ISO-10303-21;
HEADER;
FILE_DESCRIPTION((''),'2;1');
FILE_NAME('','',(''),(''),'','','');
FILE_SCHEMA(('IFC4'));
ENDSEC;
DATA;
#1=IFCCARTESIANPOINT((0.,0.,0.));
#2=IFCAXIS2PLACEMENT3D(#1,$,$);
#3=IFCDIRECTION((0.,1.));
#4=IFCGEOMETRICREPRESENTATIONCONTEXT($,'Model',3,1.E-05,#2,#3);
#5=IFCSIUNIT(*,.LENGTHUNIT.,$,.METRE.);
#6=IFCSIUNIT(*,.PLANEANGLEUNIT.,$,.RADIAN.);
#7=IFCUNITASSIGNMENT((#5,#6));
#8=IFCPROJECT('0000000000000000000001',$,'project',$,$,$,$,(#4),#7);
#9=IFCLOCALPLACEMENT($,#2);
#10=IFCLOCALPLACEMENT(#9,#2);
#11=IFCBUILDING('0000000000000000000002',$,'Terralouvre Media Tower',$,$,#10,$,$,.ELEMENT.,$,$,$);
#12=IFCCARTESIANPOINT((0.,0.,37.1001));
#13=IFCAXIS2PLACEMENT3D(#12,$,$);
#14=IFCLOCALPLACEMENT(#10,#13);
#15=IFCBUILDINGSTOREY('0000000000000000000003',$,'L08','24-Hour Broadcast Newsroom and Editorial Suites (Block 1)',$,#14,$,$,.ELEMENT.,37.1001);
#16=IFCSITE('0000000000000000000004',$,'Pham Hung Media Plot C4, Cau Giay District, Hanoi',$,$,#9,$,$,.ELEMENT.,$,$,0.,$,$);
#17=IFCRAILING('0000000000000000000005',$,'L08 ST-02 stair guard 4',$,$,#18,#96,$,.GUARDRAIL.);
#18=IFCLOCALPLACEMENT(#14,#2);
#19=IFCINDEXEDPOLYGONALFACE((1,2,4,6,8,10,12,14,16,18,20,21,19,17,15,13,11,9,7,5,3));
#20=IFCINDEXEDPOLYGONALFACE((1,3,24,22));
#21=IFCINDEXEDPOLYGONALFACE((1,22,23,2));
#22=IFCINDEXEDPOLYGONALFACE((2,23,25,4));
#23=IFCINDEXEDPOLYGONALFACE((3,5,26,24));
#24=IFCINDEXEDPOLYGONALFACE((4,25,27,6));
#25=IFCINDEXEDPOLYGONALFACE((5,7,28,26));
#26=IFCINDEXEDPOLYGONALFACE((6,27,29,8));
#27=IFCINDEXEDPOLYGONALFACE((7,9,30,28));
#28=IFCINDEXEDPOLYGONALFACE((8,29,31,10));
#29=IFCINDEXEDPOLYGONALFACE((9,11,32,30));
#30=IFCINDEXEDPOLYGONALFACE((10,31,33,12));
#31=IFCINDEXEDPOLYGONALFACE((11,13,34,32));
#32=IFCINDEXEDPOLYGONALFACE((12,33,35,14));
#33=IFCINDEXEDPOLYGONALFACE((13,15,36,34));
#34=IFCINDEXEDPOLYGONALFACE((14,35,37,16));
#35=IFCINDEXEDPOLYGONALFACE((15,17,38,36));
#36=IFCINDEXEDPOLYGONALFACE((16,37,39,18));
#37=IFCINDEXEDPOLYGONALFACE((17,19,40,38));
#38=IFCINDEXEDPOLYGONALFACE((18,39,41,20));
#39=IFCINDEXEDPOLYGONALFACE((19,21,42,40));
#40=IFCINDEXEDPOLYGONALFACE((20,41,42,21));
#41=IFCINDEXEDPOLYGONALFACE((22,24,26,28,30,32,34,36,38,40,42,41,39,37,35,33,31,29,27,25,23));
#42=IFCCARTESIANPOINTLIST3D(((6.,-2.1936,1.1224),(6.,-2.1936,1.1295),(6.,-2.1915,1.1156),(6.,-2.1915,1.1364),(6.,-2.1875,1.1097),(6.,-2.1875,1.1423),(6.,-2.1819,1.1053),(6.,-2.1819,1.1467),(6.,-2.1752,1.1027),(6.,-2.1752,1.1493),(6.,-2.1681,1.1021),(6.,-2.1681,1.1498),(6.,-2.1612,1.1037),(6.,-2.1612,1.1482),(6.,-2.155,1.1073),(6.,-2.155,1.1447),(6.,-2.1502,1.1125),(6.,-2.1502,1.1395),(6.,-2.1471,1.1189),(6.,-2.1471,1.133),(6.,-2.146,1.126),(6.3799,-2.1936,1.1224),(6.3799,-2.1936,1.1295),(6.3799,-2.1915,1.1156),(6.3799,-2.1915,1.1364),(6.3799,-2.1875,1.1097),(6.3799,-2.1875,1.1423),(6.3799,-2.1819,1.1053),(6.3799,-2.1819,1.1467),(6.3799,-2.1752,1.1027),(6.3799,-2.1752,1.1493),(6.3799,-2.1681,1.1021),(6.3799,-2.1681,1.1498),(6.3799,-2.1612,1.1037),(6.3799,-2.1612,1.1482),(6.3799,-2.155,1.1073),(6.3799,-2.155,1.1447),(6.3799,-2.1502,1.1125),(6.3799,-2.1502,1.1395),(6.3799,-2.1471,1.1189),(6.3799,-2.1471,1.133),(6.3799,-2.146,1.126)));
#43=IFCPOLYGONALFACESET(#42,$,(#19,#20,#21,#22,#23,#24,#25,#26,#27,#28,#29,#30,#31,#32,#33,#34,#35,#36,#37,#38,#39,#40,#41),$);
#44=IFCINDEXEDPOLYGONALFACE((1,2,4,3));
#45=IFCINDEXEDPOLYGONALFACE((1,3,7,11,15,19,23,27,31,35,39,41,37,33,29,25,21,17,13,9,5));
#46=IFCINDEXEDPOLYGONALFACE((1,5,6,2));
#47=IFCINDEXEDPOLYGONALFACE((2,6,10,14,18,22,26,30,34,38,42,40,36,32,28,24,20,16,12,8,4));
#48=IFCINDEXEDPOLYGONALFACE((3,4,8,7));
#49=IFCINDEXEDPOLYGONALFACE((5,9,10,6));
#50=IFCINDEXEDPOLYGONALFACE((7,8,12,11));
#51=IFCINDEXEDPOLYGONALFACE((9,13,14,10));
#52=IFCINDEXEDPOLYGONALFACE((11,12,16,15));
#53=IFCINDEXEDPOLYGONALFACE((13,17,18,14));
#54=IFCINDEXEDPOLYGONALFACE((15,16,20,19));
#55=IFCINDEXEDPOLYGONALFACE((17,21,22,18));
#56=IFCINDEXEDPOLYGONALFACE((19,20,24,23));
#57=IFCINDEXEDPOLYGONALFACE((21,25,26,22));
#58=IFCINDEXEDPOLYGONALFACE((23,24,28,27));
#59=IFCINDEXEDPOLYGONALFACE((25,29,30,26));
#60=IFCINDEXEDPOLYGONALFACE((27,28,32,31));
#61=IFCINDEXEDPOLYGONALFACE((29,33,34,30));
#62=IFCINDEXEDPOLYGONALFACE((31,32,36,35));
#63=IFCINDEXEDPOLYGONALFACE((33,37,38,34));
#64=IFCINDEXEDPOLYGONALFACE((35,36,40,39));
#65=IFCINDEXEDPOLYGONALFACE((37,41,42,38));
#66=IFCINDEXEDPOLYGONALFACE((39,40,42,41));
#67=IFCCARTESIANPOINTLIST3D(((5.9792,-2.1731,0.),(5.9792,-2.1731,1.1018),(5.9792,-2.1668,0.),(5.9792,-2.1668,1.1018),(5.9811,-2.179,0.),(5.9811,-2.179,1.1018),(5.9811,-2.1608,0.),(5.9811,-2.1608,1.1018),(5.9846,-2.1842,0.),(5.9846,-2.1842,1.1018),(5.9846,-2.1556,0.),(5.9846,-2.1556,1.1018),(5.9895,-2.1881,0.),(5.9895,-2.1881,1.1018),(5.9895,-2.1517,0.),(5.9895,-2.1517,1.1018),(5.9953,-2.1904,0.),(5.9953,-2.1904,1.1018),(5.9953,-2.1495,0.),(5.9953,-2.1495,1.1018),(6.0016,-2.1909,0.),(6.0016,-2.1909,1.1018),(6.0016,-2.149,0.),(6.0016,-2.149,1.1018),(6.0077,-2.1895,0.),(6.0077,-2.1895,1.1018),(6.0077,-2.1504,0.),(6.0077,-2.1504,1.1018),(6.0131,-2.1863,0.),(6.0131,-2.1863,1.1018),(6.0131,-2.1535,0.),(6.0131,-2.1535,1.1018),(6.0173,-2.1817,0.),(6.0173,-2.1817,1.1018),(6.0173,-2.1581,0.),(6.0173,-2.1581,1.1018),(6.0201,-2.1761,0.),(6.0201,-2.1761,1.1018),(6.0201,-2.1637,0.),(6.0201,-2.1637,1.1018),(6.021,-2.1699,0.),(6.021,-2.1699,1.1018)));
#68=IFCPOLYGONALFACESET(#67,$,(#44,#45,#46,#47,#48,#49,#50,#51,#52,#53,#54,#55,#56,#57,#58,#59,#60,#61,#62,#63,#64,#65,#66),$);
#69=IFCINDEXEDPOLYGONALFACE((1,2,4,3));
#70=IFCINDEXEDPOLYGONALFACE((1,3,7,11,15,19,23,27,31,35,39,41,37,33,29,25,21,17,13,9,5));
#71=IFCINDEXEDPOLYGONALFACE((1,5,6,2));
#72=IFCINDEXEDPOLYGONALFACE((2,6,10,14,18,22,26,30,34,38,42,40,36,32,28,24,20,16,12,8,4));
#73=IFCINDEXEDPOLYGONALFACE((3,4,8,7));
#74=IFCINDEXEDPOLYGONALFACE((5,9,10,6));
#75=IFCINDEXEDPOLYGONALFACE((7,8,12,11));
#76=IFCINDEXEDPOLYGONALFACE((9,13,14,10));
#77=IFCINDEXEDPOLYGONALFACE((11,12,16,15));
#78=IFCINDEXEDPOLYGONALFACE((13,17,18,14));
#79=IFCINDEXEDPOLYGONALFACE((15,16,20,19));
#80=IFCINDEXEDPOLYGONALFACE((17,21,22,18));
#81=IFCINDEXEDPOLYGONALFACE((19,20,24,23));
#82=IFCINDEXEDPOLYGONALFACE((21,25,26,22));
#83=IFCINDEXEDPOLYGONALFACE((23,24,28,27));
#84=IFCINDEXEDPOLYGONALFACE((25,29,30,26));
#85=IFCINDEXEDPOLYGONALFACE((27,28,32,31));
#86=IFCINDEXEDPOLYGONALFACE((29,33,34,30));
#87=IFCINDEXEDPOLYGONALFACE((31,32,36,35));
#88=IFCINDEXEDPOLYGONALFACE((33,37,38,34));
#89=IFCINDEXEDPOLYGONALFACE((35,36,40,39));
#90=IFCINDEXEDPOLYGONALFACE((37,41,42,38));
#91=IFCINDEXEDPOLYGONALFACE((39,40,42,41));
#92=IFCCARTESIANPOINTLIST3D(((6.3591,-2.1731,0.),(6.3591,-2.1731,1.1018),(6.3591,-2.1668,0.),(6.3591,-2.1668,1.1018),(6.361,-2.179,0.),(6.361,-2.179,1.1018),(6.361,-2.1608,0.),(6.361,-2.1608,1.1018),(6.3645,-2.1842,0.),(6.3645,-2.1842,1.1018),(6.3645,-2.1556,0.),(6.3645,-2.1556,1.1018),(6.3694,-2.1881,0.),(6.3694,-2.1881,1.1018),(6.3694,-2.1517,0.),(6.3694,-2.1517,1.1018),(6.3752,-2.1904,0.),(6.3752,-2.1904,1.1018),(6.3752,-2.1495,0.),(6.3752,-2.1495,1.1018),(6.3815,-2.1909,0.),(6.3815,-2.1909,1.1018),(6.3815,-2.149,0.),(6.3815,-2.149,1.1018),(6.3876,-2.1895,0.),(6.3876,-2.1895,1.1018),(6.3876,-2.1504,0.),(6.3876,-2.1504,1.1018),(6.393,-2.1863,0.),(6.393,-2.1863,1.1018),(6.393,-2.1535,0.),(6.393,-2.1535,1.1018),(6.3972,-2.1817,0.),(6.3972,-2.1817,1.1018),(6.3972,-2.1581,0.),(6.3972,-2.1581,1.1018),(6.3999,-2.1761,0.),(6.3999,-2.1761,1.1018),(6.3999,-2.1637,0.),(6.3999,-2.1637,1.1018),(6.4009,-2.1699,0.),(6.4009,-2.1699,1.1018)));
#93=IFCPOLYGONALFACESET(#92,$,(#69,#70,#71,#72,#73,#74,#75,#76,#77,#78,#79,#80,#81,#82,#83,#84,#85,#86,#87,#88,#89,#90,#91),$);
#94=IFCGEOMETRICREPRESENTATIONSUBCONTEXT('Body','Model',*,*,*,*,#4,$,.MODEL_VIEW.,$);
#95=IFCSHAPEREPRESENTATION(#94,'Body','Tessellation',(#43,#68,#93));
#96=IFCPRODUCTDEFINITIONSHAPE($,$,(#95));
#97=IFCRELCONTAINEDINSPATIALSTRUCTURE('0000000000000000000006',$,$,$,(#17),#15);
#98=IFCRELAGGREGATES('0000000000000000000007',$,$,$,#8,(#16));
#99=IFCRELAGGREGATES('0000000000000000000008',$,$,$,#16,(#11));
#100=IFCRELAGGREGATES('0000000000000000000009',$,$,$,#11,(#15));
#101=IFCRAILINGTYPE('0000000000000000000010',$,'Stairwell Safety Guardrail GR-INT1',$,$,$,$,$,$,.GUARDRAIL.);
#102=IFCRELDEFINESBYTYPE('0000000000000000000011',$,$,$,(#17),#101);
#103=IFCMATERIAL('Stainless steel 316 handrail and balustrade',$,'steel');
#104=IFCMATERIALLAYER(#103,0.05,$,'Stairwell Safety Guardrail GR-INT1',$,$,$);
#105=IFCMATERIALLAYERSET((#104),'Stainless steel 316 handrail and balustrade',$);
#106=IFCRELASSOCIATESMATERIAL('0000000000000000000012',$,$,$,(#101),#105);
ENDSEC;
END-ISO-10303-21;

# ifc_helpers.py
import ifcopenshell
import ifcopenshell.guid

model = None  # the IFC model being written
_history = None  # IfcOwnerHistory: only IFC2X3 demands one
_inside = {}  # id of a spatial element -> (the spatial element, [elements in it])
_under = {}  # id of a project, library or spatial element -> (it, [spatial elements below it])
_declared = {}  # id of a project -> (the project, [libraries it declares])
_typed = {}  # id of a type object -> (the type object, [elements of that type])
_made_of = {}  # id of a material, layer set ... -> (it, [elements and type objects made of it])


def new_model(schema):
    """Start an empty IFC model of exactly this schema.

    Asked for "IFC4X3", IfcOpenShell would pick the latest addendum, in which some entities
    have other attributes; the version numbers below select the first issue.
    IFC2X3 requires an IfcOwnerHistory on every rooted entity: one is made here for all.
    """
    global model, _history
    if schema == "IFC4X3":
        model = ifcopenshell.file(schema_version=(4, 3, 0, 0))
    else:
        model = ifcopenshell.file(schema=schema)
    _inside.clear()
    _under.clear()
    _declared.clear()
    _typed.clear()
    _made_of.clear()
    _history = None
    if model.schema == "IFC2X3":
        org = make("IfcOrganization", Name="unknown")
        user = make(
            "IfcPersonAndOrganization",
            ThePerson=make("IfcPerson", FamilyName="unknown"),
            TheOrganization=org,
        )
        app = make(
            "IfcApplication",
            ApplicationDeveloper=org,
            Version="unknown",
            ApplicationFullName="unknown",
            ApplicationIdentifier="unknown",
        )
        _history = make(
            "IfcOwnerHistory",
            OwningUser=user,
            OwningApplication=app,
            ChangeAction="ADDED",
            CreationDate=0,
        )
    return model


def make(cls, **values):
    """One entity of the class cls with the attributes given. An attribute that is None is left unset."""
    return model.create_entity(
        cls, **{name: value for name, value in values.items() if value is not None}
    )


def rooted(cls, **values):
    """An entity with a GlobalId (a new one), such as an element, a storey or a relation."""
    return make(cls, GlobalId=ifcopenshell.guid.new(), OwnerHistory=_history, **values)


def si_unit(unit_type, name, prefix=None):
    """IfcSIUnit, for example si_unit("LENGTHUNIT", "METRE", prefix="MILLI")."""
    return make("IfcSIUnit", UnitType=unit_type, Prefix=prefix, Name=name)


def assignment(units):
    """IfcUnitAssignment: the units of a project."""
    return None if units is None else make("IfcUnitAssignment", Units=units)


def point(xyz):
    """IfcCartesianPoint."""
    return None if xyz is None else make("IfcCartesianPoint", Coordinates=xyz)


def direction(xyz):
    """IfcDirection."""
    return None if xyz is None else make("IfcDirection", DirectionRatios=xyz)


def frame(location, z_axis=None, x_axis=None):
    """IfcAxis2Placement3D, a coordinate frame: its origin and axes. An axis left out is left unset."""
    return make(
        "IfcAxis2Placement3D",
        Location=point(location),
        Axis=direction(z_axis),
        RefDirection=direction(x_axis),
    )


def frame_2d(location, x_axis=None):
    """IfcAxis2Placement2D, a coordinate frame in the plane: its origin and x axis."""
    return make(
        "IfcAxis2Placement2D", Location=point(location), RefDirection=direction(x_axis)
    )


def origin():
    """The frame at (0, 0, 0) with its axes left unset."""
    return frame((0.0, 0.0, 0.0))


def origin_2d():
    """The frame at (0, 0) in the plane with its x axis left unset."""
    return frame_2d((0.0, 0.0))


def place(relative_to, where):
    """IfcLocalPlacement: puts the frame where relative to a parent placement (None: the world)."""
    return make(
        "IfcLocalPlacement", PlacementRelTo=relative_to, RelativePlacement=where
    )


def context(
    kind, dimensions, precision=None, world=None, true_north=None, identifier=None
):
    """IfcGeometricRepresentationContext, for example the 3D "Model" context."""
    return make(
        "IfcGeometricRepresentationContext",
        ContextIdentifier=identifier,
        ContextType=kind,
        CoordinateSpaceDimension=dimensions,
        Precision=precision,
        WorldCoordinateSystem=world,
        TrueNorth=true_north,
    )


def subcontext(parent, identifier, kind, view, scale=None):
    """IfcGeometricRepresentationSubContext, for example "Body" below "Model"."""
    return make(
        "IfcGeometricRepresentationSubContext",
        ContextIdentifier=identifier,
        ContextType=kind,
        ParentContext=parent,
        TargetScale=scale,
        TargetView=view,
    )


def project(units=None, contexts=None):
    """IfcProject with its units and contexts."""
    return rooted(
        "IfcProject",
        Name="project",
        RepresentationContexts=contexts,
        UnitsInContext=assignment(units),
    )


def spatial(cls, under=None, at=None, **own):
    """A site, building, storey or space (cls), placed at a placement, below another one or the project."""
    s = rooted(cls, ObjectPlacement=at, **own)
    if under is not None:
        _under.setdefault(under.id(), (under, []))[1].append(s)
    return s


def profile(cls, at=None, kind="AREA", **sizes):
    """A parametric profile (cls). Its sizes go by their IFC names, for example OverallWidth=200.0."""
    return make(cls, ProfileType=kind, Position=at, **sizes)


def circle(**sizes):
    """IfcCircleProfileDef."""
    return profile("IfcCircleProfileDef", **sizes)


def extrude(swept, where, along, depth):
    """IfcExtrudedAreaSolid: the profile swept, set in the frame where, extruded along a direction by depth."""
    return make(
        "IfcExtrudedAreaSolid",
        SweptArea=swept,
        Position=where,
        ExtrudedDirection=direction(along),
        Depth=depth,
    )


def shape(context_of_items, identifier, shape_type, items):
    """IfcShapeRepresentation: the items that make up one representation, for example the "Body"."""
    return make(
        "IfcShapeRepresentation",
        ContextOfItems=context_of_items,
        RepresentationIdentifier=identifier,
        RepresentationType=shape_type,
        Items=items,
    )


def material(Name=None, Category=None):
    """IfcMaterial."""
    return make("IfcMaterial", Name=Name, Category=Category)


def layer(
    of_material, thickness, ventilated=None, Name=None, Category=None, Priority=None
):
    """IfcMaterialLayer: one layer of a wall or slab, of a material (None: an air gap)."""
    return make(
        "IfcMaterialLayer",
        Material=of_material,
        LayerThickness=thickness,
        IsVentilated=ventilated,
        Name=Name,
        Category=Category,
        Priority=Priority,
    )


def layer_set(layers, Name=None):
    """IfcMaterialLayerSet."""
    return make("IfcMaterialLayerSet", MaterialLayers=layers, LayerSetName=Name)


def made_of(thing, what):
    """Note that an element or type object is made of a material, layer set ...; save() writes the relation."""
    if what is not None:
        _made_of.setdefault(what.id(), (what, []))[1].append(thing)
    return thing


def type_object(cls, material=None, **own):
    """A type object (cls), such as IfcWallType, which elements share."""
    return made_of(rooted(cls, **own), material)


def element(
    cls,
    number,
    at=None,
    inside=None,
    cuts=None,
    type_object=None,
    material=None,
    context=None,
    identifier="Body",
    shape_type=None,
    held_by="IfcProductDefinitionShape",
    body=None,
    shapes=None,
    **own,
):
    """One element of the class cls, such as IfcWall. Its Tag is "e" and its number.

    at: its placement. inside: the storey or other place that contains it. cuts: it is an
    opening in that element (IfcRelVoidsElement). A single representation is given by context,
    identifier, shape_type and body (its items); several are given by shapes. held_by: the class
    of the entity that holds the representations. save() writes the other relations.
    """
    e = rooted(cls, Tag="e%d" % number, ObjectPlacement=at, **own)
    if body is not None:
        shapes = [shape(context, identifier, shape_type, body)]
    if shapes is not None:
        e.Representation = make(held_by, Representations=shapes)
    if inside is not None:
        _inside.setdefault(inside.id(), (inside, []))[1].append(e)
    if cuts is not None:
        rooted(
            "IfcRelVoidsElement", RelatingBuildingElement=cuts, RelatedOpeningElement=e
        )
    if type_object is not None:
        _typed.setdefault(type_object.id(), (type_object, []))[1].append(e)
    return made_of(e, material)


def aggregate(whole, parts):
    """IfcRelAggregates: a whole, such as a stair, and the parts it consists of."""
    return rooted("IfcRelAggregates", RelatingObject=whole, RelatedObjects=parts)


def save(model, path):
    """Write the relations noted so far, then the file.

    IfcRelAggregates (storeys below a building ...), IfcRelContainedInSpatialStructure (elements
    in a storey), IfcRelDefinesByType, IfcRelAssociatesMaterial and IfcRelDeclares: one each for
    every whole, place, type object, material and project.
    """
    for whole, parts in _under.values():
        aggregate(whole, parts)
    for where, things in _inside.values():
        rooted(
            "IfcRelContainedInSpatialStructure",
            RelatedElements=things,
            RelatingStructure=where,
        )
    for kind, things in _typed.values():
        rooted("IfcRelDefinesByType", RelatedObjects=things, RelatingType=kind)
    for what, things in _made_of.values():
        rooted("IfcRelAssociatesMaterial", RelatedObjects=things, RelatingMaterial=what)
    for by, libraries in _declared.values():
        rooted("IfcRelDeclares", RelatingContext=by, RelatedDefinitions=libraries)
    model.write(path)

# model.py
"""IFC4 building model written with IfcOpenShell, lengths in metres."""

from ifc_helpers import new_model, si_unit, direction, frame, origin, origin_2d, place, context, subcontext, project, spatial, circle, extrude, material, layer, layer_set, type_object, element, save


model = new_model("IFC4")

# Units and contexts
model_context = context("Model", 3, precision=1e-05, world=origin(), true_north=direction((0.0, 1.0)))
body_context = subcontext(model_context, "Body", "Model", "MODEL_VIEW")
ifc_project = project(units=[si_unit("LENGTHUNIT", "METRE"), si_unit("PLANEANGLEUNIT", "RADIAN")], contexts=[model_context])

# Site, building, storey
site_placement = place(None, origin())
site = spatial("IfcSite", under=ifc_project, at=site_placement, Name="Pham Hung Media Plot C4, Cau Giay District, Hanoi", CompositionType="ELEMENT", RefElevation=0.0)
building_placement = place(site_placement, origin())
building = spatial("IfcBuilding", under=site, at=building_placement, Name="Terralouvre Media Tower", CompositionType="ELEMENT")
storey_placement = place(building_placement, frame((0.0, 0.0, 37.1001)))
storey = spatial("IfcBuildingStorey", under=building, at=storey_placement, Name="L08", Description="24-Hour Broadcast Newsroom and Editorial Suites (Block 1)", CompositionType="ELEMENT", Elevation=37.1001)

# Railing
ifc_material_1 = material(Name="Stainless steel 316 handrail and balustrade", Category="steel")
ifc_layer_1 = layer(ifc_material_1, 0.05, Name="Stairwell Safety Guardrail GR-INT1")
ifc_layer_set_1 = layer_set([ifc_layer_1], Name="Stainless steel 316 handrail and balustrade")
railing_type = type_object("IfcRailingType", Name="Stairwell Safety Guardrail GR-INT1", PredefinedType="GUARDRAIL", material=ifc_layer_set_1)
railing_1_placement = place(storey_placement, frame((6.0, -2.1699, 0.0)))
element("IfcRailing", 1, at=railing_1_placement, inside=storey, type_object=railing_type, Name="L08 ST-02 stair guard 4", PredefinedType="GUARDRAIL", context=body_context, shape_type="SweptSolid", body=[
    extrude(circle(Radius=0.0239, at=origin_2d()), frame((0.0, 0.0, 1.126), z_axis=(1.0, 0.0, 0.0), x_axis=(0.0, 1.0, 0.0)), (0.0, 0.0, 1.0), 0.3799),
    extrude(circle(Radius=0.021, at=origin_2d()), origin(), (0.0, 0.0, 1.0), 1.1018),
    extrude(circle(Radius=0.021, at=origin_2d()), frame((0.3799, 0.0, 0.0)), (0.0, 0.0, 1.0), 1.1018),
])

save(model, "model.ifc")
